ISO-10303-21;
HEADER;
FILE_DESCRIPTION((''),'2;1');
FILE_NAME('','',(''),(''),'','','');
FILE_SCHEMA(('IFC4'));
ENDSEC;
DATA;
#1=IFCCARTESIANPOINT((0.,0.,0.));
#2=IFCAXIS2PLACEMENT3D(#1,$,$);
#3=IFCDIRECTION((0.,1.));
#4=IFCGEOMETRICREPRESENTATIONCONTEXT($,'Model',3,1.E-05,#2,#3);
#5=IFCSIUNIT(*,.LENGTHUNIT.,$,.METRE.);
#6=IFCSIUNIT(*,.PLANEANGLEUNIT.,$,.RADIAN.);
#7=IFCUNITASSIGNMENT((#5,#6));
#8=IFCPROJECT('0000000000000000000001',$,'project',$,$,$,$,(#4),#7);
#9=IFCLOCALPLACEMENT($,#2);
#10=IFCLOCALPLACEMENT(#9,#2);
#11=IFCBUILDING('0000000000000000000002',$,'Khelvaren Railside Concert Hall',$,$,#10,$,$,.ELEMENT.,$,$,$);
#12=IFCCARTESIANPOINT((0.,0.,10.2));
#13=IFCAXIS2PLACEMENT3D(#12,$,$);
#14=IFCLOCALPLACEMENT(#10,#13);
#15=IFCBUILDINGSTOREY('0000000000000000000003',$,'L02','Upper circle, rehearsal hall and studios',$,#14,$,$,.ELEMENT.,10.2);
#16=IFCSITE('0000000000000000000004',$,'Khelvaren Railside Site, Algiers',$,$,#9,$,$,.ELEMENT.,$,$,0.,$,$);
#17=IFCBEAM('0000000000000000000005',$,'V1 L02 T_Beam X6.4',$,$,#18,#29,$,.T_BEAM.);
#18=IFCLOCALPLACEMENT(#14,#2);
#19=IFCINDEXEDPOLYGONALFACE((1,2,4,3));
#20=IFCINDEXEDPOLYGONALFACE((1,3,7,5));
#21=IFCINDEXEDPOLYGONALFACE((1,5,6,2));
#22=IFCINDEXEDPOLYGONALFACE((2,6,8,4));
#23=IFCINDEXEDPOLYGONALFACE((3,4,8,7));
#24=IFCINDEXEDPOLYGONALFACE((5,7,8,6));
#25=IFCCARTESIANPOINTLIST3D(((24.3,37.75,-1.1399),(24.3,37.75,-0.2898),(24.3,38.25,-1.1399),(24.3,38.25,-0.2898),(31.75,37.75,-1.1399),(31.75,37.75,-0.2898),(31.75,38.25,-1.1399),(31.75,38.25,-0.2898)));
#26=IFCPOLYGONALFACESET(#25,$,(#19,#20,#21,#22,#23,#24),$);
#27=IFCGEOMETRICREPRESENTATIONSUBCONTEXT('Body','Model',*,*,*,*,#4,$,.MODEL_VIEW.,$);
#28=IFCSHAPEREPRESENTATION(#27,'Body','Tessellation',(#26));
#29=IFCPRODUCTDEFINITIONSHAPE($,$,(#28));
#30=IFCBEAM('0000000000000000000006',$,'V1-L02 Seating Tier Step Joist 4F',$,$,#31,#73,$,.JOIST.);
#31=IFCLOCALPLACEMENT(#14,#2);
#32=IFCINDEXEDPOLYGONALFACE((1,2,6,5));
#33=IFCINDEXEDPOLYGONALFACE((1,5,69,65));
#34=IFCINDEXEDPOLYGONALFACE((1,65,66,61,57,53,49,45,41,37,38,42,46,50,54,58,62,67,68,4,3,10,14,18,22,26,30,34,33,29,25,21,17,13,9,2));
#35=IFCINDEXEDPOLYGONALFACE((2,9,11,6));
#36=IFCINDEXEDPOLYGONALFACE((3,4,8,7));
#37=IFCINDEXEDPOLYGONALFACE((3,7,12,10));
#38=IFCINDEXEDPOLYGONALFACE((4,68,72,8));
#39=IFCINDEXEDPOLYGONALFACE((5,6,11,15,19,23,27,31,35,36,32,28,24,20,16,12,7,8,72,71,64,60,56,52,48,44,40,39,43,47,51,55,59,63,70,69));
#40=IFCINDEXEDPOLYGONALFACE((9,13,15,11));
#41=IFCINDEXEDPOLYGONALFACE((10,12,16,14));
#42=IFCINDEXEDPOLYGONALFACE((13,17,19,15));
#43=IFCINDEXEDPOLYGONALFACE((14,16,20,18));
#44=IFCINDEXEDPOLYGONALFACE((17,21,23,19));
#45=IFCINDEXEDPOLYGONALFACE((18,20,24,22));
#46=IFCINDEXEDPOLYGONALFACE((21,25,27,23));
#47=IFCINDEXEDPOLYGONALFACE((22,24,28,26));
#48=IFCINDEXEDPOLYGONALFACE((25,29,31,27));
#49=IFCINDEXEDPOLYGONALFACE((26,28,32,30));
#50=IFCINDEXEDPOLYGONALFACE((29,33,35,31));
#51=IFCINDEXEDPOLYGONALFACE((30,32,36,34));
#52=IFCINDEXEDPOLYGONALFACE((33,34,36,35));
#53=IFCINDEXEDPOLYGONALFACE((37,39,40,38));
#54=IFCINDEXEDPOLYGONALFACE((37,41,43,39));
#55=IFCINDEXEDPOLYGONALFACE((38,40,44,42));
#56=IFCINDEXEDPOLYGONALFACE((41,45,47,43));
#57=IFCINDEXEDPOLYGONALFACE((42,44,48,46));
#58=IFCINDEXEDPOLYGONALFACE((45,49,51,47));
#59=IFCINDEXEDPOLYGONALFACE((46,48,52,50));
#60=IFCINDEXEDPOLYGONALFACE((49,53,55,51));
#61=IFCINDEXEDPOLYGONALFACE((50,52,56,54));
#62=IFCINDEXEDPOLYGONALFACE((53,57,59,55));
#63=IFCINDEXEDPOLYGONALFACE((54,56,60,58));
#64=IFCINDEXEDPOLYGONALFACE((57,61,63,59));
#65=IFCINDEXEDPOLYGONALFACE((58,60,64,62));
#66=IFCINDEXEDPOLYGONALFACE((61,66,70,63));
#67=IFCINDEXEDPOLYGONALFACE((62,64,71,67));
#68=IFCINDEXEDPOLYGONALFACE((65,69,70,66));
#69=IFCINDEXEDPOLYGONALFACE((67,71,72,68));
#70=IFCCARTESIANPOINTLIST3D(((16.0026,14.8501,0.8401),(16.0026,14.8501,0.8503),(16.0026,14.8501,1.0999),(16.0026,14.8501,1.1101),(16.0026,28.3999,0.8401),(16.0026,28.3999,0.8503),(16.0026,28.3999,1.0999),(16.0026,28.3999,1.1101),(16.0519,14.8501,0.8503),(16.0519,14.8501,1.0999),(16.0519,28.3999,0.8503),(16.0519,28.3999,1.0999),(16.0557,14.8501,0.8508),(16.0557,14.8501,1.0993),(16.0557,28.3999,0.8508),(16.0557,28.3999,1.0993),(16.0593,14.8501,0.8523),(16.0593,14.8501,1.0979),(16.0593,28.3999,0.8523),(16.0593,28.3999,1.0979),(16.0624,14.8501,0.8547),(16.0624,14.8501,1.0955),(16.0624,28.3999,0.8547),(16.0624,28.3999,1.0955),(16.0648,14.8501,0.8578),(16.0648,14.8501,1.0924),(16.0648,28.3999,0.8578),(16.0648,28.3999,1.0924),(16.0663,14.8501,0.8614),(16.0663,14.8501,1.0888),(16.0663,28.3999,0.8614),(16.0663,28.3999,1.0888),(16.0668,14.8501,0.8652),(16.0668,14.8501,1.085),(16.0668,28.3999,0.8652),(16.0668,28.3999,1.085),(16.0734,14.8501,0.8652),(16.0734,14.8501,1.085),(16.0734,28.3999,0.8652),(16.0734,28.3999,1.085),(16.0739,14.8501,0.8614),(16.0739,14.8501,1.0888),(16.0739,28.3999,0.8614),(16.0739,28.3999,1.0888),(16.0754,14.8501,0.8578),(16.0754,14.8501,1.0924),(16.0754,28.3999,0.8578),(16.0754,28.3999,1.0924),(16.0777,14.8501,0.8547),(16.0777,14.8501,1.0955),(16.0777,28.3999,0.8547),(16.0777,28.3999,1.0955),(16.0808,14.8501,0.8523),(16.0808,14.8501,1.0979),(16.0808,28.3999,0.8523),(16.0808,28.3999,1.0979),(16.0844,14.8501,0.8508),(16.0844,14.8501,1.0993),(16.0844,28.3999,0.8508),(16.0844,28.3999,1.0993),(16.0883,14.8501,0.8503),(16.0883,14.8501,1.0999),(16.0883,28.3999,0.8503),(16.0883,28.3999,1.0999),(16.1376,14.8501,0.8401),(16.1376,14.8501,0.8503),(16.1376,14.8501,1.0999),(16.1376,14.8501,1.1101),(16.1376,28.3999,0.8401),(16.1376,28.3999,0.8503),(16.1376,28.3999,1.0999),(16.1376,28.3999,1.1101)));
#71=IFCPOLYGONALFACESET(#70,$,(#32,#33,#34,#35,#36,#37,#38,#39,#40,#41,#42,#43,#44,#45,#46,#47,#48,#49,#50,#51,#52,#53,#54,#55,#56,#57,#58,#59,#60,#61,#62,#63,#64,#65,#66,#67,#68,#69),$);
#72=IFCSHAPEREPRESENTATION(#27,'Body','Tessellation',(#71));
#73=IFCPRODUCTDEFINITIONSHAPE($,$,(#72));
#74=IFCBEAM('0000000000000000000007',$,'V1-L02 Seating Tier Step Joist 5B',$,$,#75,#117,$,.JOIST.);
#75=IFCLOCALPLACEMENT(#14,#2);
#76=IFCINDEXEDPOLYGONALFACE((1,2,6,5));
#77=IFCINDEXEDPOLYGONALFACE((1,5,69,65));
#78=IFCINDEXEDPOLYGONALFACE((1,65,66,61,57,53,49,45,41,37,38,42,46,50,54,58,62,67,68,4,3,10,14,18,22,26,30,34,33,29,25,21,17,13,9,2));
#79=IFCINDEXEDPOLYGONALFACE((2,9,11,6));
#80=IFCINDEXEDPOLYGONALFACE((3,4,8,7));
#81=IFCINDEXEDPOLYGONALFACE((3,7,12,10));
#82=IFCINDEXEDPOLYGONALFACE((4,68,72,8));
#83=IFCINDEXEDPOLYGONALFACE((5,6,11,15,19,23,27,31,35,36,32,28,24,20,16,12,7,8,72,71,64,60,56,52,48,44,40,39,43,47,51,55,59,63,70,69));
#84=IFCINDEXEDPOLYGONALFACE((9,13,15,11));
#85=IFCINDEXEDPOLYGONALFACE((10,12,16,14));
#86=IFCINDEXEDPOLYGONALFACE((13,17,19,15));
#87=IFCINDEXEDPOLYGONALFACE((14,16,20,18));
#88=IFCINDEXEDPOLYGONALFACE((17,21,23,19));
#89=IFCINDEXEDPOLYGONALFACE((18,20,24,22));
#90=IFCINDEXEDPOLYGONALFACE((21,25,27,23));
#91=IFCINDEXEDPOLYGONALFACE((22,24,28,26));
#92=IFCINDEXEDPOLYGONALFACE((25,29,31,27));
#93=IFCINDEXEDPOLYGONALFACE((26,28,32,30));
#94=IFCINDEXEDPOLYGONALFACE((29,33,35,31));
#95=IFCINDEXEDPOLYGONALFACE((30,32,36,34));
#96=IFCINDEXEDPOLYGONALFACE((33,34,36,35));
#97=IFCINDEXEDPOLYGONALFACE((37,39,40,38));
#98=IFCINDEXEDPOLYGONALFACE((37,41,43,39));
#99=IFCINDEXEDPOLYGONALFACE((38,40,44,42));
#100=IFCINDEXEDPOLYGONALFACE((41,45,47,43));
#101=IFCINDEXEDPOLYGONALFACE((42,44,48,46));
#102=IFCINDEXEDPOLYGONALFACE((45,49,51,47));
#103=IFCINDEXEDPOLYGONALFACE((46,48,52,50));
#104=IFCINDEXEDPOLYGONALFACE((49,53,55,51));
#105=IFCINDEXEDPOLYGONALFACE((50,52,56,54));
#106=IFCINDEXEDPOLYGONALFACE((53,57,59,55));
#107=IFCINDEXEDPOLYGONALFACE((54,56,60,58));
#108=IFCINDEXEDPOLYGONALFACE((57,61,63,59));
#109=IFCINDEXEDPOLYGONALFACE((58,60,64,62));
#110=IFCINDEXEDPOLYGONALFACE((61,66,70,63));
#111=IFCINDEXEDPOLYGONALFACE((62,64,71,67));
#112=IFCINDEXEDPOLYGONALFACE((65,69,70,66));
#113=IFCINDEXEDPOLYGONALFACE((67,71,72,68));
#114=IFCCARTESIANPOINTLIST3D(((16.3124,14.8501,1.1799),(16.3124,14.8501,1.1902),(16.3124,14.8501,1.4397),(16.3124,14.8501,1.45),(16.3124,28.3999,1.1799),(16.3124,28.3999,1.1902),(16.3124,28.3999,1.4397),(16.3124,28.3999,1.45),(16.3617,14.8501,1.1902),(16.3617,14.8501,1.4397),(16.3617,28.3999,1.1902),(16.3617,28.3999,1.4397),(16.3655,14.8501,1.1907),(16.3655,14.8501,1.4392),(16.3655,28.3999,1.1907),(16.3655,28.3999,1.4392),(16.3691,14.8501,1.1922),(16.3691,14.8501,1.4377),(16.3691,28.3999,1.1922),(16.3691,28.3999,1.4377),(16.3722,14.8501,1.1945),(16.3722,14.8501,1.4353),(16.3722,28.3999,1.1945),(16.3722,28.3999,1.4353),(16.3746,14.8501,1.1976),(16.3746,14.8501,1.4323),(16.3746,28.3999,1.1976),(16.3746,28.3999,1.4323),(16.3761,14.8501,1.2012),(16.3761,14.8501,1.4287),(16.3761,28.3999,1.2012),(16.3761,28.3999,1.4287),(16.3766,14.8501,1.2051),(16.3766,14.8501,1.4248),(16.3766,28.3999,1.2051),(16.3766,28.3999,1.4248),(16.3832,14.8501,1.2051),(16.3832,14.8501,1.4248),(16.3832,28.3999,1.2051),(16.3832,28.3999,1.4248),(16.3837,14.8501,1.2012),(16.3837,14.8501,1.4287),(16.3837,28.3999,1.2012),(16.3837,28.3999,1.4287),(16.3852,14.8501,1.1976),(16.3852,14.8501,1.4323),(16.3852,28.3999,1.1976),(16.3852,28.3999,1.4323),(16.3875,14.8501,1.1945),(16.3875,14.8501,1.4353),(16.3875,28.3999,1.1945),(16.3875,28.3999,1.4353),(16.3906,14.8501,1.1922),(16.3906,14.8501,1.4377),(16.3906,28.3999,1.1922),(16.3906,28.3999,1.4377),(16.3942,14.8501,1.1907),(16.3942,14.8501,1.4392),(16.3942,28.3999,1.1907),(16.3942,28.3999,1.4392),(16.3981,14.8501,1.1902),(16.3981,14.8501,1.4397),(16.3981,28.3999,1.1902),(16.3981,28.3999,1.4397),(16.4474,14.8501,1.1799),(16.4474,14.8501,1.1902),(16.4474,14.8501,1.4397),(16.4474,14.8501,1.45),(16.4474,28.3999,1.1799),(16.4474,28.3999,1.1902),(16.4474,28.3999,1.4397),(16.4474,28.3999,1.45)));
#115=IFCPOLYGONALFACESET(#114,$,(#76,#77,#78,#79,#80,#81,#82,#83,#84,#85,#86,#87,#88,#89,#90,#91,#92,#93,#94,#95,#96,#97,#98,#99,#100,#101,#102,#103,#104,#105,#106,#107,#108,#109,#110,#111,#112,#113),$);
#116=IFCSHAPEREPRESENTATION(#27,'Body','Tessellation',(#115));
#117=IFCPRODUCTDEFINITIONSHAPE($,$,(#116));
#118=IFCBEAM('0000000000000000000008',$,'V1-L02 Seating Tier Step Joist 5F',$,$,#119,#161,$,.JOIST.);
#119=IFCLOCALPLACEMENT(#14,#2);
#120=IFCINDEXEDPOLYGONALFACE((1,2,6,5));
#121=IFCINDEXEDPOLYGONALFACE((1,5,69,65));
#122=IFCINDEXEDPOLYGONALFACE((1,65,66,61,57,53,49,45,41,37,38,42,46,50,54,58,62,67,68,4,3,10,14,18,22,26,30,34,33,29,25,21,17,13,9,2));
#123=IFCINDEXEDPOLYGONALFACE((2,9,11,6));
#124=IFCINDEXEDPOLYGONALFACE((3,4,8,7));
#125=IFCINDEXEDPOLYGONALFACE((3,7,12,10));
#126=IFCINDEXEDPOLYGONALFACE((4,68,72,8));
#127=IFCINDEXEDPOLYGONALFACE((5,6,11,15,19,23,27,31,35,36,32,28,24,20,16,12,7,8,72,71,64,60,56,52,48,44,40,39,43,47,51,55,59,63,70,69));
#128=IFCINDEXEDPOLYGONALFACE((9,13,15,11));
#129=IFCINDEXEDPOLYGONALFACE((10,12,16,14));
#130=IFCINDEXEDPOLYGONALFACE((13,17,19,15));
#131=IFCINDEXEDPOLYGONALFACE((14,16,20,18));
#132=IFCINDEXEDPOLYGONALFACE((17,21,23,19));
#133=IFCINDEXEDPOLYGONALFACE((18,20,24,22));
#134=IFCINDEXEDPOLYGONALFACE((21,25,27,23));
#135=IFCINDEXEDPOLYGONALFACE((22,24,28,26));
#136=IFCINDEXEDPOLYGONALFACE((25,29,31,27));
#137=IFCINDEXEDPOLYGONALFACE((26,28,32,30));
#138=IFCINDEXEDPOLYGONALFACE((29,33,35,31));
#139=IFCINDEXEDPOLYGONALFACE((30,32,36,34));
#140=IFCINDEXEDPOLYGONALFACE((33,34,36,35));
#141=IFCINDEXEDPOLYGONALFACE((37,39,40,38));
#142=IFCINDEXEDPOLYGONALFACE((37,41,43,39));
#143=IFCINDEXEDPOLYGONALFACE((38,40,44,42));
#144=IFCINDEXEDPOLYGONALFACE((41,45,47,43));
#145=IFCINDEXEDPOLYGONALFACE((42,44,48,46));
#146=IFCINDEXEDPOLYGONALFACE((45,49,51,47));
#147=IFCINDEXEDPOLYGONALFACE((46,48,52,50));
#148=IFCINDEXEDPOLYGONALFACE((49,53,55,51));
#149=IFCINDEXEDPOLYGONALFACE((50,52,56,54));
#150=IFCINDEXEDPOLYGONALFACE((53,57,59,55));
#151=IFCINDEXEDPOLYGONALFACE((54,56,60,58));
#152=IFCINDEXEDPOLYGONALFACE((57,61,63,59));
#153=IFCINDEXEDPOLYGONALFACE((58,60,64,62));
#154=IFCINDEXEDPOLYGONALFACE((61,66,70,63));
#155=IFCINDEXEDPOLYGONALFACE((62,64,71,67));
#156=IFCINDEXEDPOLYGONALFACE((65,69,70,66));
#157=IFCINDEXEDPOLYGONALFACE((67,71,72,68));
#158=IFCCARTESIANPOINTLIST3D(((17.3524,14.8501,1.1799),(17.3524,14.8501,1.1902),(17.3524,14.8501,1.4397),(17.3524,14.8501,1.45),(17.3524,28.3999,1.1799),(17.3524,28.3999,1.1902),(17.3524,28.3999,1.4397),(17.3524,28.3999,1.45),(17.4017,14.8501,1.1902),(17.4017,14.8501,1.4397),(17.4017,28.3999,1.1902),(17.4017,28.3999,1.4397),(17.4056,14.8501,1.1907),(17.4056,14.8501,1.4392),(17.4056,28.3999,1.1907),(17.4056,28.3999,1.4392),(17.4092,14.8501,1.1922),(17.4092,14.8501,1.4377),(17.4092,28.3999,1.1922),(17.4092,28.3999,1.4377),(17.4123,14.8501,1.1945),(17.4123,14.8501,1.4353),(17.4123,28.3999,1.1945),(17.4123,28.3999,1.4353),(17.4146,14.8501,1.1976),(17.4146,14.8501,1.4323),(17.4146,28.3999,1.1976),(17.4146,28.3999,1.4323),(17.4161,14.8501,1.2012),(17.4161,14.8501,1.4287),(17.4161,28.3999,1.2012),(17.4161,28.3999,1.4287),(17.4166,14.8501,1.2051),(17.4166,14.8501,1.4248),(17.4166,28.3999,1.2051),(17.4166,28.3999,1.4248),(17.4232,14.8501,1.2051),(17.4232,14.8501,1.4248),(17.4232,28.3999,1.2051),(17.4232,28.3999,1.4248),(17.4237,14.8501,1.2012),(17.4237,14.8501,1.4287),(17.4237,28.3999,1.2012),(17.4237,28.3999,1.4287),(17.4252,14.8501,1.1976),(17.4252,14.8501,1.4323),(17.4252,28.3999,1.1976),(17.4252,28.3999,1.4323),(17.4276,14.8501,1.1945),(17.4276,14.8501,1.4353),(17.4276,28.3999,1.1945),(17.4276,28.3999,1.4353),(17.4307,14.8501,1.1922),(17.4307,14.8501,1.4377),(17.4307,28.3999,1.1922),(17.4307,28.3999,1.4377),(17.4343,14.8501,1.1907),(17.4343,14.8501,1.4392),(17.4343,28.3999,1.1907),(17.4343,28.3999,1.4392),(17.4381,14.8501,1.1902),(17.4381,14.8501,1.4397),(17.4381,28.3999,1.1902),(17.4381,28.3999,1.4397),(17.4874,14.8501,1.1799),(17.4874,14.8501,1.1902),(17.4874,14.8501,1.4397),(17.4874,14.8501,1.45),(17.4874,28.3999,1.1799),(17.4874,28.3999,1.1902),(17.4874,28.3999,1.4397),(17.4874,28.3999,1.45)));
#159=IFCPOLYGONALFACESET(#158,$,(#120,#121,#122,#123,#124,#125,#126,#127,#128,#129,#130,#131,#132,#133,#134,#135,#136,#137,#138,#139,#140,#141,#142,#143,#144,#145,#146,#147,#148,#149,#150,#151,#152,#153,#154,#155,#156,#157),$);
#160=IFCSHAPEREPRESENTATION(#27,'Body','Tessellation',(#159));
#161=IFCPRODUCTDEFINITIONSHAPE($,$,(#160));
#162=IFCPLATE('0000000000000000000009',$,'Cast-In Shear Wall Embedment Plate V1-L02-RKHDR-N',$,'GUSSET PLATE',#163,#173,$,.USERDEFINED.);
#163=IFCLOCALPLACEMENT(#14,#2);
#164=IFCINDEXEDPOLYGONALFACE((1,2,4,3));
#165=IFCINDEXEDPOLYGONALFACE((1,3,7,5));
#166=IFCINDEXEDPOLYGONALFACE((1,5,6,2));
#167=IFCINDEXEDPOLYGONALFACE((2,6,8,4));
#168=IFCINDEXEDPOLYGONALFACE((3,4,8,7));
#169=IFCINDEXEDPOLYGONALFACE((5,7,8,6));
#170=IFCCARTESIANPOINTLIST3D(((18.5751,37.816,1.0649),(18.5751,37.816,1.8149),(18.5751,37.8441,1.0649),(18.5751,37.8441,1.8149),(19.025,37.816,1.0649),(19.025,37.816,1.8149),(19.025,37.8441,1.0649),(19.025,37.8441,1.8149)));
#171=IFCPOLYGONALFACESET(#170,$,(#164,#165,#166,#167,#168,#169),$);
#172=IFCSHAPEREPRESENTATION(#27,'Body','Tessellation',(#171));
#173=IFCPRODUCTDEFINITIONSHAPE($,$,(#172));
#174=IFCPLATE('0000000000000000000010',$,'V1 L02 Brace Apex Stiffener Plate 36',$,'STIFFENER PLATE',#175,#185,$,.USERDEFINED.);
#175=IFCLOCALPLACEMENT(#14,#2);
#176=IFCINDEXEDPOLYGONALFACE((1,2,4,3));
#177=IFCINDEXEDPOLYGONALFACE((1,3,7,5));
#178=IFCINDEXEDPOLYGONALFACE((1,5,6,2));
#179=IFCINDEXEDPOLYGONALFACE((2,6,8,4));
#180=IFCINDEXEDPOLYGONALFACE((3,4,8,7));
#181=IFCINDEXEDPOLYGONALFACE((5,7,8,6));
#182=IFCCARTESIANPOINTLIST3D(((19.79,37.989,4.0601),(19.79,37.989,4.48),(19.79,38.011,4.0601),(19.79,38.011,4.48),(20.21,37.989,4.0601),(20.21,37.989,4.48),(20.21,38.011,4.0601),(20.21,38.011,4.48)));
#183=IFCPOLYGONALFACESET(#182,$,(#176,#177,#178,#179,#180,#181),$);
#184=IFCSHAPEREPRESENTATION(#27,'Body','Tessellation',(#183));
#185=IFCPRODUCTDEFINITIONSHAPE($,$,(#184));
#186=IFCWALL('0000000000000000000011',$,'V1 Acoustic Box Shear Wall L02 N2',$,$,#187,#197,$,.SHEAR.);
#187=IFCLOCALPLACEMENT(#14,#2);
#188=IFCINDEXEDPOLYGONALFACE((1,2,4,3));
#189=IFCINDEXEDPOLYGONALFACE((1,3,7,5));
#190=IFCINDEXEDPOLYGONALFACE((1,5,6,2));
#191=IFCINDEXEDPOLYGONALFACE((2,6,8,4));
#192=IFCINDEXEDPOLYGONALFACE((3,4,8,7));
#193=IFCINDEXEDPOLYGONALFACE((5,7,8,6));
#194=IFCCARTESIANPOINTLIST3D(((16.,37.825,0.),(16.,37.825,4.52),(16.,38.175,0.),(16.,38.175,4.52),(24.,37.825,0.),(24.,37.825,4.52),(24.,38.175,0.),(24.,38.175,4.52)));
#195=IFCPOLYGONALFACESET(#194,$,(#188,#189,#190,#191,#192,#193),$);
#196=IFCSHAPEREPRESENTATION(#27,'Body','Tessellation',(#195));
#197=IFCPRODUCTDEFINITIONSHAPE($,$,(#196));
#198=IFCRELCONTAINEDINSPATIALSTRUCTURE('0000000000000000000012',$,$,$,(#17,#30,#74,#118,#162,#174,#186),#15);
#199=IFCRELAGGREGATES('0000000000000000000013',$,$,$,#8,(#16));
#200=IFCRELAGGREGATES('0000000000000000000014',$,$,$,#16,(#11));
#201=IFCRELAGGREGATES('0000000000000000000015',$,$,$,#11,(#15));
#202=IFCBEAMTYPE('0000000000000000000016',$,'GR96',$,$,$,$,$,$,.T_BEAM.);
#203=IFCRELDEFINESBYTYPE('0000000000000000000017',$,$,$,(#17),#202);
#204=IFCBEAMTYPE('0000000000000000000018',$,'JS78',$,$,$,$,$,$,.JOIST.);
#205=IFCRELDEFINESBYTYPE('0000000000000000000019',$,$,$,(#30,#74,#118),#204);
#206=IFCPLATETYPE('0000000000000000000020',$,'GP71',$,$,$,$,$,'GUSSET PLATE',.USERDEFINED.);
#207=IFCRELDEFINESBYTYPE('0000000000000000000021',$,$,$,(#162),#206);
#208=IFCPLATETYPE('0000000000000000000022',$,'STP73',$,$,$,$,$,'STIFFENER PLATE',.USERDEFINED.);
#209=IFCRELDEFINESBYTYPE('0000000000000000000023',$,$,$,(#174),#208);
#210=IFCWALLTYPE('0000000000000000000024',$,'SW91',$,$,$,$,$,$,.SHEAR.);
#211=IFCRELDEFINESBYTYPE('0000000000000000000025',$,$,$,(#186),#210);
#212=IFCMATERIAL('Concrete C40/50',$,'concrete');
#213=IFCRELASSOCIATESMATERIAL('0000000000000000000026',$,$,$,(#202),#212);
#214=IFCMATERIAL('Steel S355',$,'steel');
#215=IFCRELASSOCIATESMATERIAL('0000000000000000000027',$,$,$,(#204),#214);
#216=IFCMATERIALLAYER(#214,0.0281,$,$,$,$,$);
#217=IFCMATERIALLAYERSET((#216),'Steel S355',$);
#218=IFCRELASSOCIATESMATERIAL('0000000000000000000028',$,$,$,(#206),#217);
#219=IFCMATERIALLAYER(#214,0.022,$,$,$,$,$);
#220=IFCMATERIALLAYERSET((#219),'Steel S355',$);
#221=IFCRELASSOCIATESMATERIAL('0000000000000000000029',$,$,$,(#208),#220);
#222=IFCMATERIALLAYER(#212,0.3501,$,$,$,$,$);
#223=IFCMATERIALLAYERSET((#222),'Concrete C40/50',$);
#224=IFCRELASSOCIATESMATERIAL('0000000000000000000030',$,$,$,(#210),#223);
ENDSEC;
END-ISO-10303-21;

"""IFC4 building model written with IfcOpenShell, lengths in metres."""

from ifc_helpers import new_model, si_unit, direction, frame, frame_2d, origin, origin_2d, place, context, subcontext, project, spatial, rectangle, i_section, extrude, material, layer, layer_set, material_profile, profile_set, type_object, element, save


model = new_model("IFC4")

# Units and contexts
model_context = context("Model", 3, precision=1e-05, world=origin(), true_north=direction((0.0, 1.0)))
body_context = subcontext(model_context, "Body", "Model", "MODEL_VIEW")
ifc_project = project(units=[si_unit("LENGTHUNIT", "METRE"), si_unit("PLANEANGLEUNIT", "RADIAN")], contexts=[model_context])

# Site, building, storey
site_placement = place(None, origin())
site = spatial("IfcSite", under=ifc_project, at=site_placement, Name="Khelvaren Railside Site, Algiers", CompositionType="ELEMENT", RefElevation=0.0)
building_placement = place(site_placement, origin())
building = spatial("IfcBuilding", under=site, at=building_placement, Name="Khelvaren Railside Concert Hall", CompositionType="ELEMENT")
storey_placement = place(building_placement, frame((0.0, 0.0, 10.2)))
storey = spatial("IfcBuildingStorey", under=building, at=storey_placement, Name="L02", Description="Upper circle, rehearsal hall and studios", CompositionType="ELEMENT", Elevation=10.2)

# Shared definitions
ifc_material_1 = material(Name="Steel S355", Category="steel")

# Beams
ifc_material_2 = material(Name="Concrete C40/50", Category="concrete")
ifc_material_profile_1 = material_profile(ifc_material_2, rectangle(XDim=0.5, YDim=0.8501, at=origin_2d()), Name="RCB 500x850")
ifc_profile_set_1 = profile_set([ifc_material_profile_1], Name="Concrete C40/50")
beam_type_1 = type_object("IfcBeamType", Name="GR96", PredefinedType="T_BEAM", material=ifc_profile_set_1)
beam_1_placement = place(storey_placement, frame((24.3, 38.0, -0.7148), z_axis=(1.0, 0.0, 0.0), x_axis=(0.0, 1.0, 0.0)))
element("IfcBeam", 1, at=beam_1_placement, inside=storey, type_object=beam_type_1, Name="V1 L02 T_Beam X6.4", PredefinedType="T_BEAM", context=body_context, shape_type="SweptSolid", body=[
    extrude(rectangle(XDim=0.5, YDim=0.8501, at=origin_2d()), origin(), (0.0, 0.0, 1.0), 7.45),
])
ifc_material_profile_2 = material_profile(ifc_material_1, i_section(OverallWidth=0.135, OverallDepth=0.27, WebThickness=0.0066, FlangeThickness=0.0103, FilletRadius=0.0149, at=origin_2d()), Name="IPE 270")
ifc_profile_set_2 = profile_set([ifc_material_profile_2], Name="Steel S355")
beam_type_2 = type_object("IfcBeamType", Name="JS78", PredefinedType="JOIST", material=ifc_profile_set_2)
for number, where, z_axis, x_axis, name in (
    (2, (16.0701, 14.8501, 0.9751), (0.0, 1.0, 0.0), (-1.0, 0.0, 0.0), "V1-L02 Seating Tier Step Joist 4F"),
    (3, (16.3799, 14.8501, 1.3149), (0.0, 1.0, 0.0), (-1.0, 0.0, 0.0), "V1-L02 Seating Tier Step Joist 5B"),
    (4, (17.4199, 14.8501, 1.3149), (0.0, 1.0, 0.0), (-1.0, 0.0, 0.0), "V1-L02 Seating Tier Step Joist 5F"),
):
    element("IfcBeam", number, at=place(storey_placement, frame(where, z_axis=z_axis, x_axis=x_axis)), inside=storey, type_object=beam_type_2, Name=name, PredefinedType="JOIST", context=body_context, shape_type="SweptSolid", body=[
        extrude(i_section(OverallWidth=0.135, OverallDepth=0.27, WebThickness=0.0066, FlangeThickness=0.0103, FilletRadius=0.0149, at=origin_2d()), origin(), (0.0, 0.0, 1.0), 13.5498),
    ])

# Plates
ifc_layer_1 = layer(ifc_material_1, 0.0281)
ifc_layer_set_1 = layer_set([ifc_layer_1], Name="Steel S355")
plate_type_1 = type_object("IfcPlateType", Name="GP71", ElementType="GUSSET PLATE", PredefinedType="USERDEFINED", material=ifc_layer_set_1)
plate_1_placement = place(storey_placement, frame((18.8, 37.8301, 1.0649), z_axis=(0.0, 0.0, 1.0), x_axis=(1.0, 0.0, 0.0)))
element("IfcPlate", 5, at=plate_1_placement, inside=storey, type_object=plate_type_1, Name="Cast-In Shear Wall Embedment Plate V1-L02-RKHDR-N", ObjectType="GUSSET PLATE", PredefinedType="USERDEFINED", context=body_context, shape_type="SweptSolid", body=[
    extrude(rectangle(XDim=0.45, YDim=0.0281, at=origin_2d()), origin(), (0.0, 0.0, 1.0), 0.75),
])
ifc_layer_2 = layer(ifc_material_1, 0.022)
ifc_layer_set_2 = layer_set([ifc_layer_2], Name="Steel S355")
plate_type_2 = type_object("IfcPlateType", Name="STP73", ElementType="STIFFENER PLATE", PredefinedType="USERDEFINED", material=ifc_layer_set_2)
plate_2_placement = place(storey_placement, frame((20.0, 38.0, 4.0601), z_axis=(0.0, 0.0, 1.0), x_axis=(1.0, 0.0, 0.0)))
element("IfcPlate", 6, at=plate_2_placement, inside=storey, type_object=plate_type_2, Name="V1 L02 Brace Apex Stiffener Plate 36", ObjectType="STIFFENER PLATE", PredefinedType="USERDEFINED", context=body_context, shape_type="SweptSolid", body=[
    extrude(rectangle(XDim=0.4199, YDim=0.022, at=origin_2d()), origin(), (0.0, 0.0, 1.0), 0.4199),
])

# Wall
ifc_layer_3 = layer(ifc_material_2, 0.3501)
ifc_layer_set_3 = layer_set([ifc_layer_3], Name="Concrete C40/50")
wall_type = type_object("IfcWallType", Name="SW91", PredefinedType="SHEAR", material=ifc_layer_set_3)
for number, where, z_axis, x_axis, name in (
    (7, (16.0, 38.0, 0.0), (0.0, 0.0, 1.0), (1.0, 0.0, 0.0), "V1 Acoustic Box Shear Wall L02 N2"),
):
    element("IfcWall", number, at=place(storey_placement, frame(where, z_axis=z_axis, x_axis=x_axis)), inside=storey, type_object=wall_type, Name=name, PredefinedType="SHEAR", context=body_context, shape_type="SweptSolid", body=[
        extrude(rectangle(XDim=8.0, YDim=0.3501, at=frame_2d((4.0, 0.0))), origin(), (0.0, 0.0, 1.0), 4.52),
    ])

save(model, "model.ifc")
